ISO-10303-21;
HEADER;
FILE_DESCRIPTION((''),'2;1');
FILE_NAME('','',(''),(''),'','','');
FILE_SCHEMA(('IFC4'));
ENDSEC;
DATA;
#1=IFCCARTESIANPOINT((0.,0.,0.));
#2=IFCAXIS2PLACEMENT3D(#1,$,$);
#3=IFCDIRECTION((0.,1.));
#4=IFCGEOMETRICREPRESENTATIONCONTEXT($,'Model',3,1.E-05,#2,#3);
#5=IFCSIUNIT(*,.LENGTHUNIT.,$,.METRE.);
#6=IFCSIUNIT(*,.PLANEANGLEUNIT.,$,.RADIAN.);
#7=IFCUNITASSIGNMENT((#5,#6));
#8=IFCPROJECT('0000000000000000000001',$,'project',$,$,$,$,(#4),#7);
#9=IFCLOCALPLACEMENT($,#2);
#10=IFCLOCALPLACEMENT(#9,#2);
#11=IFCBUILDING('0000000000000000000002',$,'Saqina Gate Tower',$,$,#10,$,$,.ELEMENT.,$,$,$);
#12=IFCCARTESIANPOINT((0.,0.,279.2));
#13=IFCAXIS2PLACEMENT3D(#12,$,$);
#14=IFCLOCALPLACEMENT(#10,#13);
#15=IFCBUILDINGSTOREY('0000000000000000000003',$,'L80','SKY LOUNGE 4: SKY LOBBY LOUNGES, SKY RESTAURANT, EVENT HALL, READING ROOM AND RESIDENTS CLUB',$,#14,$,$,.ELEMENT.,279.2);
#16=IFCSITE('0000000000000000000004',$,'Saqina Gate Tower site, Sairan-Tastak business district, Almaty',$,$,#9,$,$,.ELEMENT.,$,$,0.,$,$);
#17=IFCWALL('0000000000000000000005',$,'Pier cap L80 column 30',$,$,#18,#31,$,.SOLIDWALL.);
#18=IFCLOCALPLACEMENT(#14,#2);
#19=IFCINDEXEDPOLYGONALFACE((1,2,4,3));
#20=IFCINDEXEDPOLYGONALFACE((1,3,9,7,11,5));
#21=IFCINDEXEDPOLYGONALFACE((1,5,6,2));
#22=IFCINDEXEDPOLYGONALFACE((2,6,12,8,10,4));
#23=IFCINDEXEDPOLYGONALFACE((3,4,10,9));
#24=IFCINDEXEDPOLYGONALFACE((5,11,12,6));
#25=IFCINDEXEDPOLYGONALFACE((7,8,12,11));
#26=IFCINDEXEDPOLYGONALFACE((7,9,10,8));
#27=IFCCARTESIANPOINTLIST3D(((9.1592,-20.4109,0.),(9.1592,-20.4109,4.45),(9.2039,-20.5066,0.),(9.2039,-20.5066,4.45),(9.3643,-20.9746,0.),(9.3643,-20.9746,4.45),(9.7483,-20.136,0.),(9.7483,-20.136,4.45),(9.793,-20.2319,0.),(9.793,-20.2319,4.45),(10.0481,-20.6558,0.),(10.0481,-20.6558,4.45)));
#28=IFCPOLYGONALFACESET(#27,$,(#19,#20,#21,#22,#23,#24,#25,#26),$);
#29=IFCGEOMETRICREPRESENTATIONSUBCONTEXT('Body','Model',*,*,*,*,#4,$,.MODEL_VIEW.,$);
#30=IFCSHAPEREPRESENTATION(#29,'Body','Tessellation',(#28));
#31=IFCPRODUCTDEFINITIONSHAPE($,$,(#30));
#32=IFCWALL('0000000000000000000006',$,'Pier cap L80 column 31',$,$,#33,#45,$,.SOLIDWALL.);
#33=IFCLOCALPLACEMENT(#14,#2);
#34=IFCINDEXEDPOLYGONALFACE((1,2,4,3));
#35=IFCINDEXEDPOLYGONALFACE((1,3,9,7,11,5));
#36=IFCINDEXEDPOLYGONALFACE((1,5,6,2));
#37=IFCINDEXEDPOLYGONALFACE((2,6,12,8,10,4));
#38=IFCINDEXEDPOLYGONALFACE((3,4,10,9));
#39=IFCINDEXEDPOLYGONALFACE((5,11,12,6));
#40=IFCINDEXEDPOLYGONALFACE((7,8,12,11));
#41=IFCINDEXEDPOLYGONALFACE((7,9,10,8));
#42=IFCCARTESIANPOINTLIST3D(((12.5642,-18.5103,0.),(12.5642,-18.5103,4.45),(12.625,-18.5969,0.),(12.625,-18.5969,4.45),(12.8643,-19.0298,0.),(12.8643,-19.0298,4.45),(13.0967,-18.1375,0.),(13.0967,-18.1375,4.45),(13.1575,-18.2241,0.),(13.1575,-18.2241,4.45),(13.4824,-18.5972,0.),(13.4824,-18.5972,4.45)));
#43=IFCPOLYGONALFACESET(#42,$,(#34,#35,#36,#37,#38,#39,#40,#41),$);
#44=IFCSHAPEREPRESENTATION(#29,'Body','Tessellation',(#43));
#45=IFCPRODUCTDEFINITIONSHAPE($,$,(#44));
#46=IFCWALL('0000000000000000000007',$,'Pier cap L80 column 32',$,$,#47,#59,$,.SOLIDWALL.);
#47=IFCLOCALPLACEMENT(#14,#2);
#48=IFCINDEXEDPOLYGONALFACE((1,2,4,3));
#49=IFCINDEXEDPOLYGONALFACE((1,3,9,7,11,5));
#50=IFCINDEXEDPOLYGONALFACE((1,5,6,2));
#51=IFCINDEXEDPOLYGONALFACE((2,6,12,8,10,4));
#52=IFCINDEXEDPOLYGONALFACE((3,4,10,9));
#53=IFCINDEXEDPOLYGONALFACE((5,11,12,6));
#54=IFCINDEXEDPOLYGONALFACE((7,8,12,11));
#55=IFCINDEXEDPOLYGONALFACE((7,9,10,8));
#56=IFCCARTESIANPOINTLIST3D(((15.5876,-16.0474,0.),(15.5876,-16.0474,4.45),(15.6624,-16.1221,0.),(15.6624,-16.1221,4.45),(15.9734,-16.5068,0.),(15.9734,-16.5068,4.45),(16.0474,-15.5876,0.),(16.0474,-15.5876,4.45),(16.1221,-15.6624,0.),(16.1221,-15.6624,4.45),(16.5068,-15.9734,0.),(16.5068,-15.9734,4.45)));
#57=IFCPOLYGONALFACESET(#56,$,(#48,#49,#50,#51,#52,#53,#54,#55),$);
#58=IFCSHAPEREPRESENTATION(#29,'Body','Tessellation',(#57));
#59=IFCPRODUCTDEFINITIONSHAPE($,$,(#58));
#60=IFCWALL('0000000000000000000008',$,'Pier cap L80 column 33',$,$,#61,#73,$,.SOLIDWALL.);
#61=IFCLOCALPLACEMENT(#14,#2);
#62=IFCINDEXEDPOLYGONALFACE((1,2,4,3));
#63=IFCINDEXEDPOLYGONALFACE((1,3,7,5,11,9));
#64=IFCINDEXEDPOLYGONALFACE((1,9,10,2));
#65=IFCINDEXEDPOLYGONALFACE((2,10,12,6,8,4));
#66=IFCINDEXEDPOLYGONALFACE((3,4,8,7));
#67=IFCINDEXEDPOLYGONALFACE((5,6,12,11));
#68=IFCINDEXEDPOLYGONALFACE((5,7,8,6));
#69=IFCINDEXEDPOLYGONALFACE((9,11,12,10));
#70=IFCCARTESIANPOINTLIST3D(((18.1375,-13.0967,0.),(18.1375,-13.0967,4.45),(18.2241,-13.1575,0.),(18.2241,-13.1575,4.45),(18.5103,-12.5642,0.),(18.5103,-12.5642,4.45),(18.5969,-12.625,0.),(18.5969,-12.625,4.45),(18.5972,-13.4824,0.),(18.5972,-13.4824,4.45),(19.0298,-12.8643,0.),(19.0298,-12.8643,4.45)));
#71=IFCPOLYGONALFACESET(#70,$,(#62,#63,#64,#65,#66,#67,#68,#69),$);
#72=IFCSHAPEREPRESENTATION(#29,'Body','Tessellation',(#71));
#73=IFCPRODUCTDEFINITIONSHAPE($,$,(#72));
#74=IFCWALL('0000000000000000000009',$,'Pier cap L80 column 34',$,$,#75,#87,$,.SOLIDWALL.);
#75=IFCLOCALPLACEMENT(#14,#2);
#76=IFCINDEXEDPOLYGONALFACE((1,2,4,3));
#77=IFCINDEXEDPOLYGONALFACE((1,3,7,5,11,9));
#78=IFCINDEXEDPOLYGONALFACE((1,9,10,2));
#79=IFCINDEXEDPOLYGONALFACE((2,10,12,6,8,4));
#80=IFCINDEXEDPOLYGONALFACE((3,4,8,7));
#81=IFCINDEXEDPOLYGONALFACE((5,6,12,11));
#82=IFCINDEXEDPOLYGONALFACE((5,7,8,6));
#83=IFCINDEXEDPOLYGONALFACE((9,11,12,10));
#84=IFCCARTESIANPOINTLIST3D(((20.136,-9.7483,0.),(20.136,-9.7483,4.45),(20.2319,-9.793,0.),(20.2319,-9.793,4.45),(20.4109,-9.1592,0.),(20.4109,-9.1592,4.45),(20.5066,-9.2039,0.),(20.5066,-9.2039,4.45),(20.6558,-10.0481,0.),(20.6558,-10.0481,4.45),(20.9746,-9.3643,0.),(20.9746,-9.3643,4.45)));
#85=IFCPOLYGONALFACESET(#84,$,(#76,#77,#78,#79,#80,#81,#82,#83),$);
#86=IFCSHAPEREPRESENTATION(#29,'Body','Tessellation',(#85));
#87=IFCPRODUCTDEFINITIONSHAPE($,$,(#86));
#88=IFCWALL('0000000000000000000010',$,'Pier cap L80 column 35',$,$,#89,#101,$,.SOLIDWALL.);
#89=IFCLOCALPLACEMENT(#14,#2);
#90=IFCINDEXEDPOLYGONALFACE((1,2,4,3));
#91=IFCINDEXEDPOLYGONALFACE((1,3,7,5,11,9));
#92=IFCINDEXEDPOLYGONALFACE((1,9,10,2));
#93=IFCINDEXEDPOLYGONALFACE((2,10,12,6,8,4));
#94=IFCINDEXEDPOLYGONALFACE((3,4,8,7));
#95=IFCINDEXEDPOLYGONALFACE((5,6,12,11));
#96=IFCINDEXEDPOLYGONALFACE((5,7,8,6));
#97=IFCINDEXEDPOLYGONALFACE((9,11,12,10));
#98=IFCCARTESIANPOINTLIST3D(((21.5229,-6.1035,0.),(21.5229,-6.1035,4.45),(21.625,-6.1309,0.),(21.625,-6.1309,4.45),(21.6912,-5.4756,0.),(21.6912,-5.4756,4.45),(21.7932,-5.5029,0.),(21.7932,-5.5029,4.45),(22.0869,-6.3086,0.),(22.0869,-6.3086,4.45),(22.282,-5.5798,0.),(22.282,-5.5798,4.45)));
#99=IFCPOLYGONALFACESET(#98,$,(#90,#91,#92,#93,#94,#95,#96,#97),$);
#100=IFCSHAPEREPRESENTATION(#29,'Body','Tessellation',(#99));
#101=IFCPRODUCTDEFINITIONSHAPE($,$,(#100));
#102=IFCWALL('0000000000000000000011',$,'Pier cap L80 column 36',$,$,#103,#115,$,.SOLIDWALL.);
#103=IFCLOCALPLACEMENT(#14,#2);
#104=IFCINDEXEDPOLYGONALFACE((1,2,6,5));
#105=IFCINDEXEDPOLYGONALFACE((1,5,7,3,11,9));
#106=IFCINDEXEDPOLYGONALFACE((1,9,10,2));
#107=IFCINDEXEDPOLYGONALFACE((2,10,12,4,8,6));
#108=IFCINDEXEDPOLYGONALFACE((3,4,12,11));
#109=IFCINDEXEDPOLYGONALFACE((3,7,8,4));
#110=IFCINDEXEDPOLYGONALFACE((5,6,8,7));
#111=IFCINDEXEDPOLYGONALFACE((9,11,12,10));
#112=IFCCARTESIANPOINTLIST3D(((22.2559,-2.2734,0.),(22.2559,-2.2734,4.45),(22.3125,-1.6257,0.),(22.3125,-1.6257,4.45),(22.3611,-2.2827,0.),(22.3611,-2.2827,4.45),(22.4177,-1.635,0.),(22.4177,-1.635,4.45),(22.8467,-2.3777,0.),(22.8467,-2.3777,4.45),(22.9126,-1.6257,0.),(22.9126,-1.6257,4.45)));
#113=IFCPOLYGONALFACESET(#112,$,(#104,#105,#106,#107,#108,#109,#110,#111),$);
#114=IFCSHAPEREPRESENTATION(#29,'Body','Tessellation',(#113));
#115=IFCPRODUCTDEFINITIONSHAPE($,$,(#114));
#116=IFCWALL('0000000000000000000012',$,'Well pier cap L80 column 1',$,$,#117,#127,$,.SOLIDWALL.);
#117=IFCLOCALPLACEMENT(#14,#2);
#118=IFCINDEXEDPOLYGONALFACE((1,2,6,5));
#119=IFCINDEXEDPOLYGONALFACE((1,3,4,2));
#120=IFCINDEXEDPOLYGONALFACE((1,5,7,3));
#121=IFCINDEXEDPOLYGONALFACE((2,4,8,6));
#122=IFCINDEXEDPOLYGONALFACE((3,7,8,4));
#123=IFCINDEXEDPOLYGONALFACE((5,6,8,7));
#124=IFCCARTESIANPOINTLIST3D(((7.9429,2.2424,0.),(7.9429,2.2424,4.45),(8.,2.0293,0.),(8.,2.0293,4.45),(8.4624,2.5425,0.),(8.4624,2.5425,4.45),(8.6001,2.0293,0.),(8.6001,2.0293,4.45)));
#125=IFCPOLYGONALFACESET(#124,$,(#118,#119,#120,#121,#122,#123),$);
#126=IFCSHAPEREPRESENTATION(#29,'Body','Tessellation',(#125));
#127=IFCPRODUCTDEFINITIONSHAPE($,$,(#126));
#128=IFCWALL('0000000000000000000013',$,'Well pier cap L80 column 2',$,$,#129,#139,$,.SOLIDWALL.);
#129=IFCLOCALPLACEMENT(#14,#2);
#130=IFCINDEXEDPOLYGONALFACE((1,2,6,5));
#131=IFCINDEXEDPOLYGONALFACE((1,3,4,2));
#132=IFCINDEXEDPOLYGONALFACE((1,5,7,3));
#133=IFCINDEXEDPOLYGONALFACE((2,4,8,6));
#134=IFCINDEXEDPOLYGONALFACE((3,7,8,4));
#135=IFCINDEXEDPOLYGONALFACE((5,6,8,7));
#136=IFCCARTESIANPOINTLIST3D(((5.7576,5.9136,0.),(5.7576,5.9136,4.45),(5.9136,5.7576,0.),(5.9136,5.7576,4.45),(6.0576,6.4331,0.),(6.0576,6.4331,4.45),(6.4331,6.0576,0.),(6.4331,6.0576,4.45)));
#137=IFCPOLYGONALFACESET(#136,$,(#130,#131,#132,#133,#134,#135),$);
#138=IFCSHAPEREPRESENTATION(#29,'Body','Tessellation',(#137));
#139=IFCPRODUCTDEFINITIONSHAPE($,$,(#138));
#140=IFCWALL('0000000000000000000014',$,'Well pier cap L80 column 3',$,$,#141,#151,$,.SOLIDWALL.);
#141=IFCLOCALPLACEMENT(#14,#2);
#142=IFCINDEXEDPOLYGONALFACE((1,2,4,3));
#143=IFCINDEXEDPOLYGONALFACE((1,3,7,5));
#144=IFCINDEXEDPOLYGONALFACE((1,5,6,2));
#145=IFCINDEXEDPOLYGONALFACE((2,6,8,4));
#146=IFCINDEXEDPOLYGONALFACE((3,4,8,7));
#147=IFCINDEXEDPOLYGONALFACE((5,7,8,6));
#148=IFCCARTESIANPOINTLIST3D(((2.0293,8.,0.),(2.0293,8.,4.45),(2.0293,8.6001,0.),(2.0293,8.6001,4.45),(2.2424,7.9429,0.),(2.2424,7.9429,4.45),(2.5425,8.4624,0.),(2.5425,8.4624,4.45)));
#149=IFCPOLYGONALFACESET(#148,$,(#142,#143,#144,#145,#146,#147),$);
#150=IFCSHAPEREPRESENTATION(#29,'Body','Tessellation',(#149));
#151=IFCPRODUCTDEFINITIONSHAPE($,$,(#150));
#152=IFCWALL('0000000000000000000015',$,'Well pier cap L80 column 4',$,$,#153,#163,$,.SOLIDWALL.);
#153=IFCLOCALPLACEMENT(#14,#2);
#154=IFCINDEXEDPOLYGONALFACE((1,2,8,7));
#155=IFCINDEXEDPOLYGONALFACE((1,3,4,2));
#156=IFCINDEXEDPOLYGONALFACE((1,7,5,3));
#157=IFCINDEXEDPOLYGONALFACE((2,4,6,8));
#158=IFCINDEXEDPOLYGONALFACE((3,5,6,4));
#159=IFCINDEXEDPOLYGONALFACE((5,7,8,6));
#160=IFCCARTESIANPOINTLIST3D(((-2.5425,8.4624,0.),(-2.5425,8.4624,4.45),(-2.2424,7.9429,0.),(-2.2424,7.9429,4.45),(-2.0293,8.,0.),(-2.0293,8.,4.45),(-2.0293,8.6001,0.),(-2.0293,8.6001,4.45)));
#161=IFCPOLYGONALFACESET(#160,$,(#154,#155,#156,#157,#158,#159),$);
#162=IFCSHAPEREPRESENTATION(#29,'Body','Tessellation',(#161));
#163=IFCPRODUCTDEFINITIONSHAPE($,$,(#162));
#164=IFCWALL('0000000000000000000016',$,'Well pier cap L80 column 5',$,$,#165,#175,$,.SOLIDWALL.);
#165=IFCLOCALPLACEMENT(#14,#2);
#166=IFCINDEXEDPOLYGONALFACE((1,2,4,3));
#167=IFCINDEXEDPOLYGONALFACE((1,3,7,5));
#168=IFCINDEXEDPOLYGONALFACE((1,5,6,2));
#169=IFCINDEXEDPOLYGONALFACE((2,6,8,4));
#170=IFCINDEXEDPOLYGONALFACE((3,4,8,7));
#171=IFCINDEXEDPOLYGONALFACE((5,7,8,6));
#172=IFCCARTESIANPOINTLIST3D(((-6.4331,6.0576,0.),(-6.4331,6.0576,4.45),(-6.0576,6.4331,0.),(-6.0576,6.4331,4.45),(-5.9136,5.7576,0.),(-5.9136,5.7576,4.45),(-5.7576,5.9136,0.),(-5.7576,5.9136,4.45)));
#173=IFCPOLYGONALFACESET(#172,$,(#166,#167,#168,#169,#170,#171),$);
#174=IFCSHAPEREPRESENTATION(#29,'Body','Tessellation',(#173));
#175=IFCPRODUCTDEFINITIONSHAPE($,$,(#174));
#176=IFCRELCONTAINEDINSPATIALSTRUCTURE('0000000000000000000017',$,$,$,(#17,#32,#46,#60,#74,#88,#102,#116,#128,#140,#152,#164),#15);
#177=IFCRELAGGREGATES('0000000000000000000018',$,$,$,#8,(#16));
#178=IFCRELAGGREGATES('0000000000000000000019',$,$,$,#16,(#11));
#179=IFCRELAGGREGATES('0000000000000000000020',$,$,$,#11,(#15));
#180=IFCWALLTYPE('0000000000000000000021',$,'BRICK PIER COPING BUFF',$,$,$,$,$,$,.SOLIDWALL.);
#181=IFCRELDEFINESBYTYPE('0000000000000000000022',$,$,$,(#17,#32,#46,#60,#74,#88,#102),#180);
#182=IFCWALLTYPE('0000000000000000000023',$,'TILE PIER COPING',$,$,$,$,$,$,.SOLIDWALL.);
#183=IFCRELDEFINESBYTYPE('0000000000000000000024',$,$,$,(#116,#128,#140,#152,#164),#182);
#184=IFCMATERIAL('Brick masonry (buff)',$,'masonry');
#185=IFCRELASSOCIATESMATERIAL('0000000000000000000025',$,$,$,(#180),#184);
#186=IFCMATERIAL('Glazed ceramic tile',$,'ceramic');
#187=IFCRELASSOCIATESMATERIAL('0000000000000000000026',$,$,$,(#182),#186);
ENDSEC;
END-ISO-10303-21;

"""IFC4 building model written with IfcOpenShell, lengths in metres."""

from ifc_helpers import new_model, si_unit, direction, frame, origin, place, context, subcontext, project, spatial, polyline, outline, extrude, material, type_object, element, save


model = new_model("IFC4")

# Units and contexts
model_context = context("Model", 3, precision=1e-05, world=origin(), true_north=direction((0.0, 1.0)))
body_context = subcontext(model_context, "Body", "Model", "MODEL_VIEW")
ifc_project = project(units=[si_unit("LENGTHUNIT", "METRE"), si_unit("PLANEANGLEUNIT", "RADIAN")], contexts=[model_context])

# Site, building, storey
site_placement = place(None, origin())
site = spatial("IfcSite", under=ifc_project, at=site_placement, Name="Saqina Gate Tower site, Sairan-Tastak business district, Almaty", CompositionType="ELEMENT", RefElevation=0.0)
building_placement = place(site_placement, origin())
building = spatial("IfcBuilding", under=site, at=building_placement, Name="Saqina Gate Tower", CompositionType="ELEMENT")
storey_placement = place(building_placement, frame((0.0, 0.0, 279.2)))
storey = spatial("IfcBuildingStorey", under=building, at=storey_placement, Name="L80", Description="SKY LOUNGE 4: SKY LOBBY LOUNGES, SKY RESTAURANT, EVENT HALL, READING ROOM AND RESIDENTS CLUB", CompositionType="ELEMENT", Elevation=279.2)

# Walls
ifc_material_1 = material(Name="Brick masonry (buff)", Category="masonry")
wall_type_1 = type_object("IfcWallType", Name="BRICK PIER COPING BUFF", PredefinedType="SOLIDWALL", material=ifc_material_1)
wall_1_placement = place(storey_placement, origin())
element("IfcWall", 1, at=wall_1_placement, inside=storey, type_object=wall_type_1, Name="Pier cap L80 column 30", PredefinedType="SOLIDWALL", context=body_context, shape_type="SweptSolid", body=[
    extrude(outline(polyline([(9.3643, -20.9746), (10.0481, -20.6558), (9.7483, -20.136), (9.793, -20.2319), (9.2039, -20.5066), (9.1592, -20.4109), (9.3643, -20.9746)])), origin(), (0.0, 0.0, 1.0), 4.45),
])
wall_2_placement = place(storey_placement, origin())
element("IfcWall", 2, at=wall_2_placement, inside=storey, type_object=wall_type_1, Name="Pier cap L80 column 31", PredefinedType="SOLIDWALL", context=body_context, shape_type="SweptSolid", body=[
    extrude(outline(polyline([(12.8643, -19.0298), (13.4824, -18.5972), (13.0967, -18.1375), (13.1575, -18.2241), (12.625, -18.5969), (12.5642, -18.5103), (12.8643, -19.0298)])), origin(), (0.0, 0.0, 1.0), 4.45),
])
wall_3_placement = place(storey_placement, origin())
element("IfcWall", 3, at=wall_3_placement, inside=storey, type_object=wall_type_1, Name="Pier cap L80 column 32", PredefinedType="SOLIDWALL", context=body_context, shape_type="SweptSolid", body=[
    extrude(outline(polyline([(16.5068, -15.9734), (16.0474, -15.5876), (16.1221, -15.6624), (15.6624, -16.1221), (15.5876, -16.0474), (15.9734, -16.5068), (16.5068, -15.9734)])), origin(), (0.0, 0.0, 1.0), 4.45),
])
wall_4_placement = place(storey_placement, origin())
element("IfcWall", 4, at=wall_4_placement, inside=storey, type_object=wall_type_1, Name="Pier cap L80 column 33", PredefinedType="SOLIDWALL", context=body_context, shape_type="SweptSolid", body=[
    extrude(outline(polyline([(19.0298, -12.8643), (18.5103, -12.5642), (18.5969, -12.625), (18.2241, -13.1575), (18.1375, -13.0967), (18.5972, -13.4824), (19.0298, -12.8643)])), origin(), (0.0, 0.0, 1.0), 4.45),
])
wall_5_placement = place(storey_placement, origin())
element("IfcWall", 5, at=wall_5_placement, inside=storey, type_object=wall_type_1, Name="Pier cap L80 column 34", PredefinedType="SOLIDWALL", context=body_context, shape_type="SweptSolid", body=[
    extrude(outline(polyline([(20.6558, -10.0481), (20.9746, -9.3643), (20.4109, -9.1592), (20.5066, -9.2039), (20.2319, -9.793), (20.136, -9.7483), (20.6558, -10.0481)])), origin(), (0.0, 0.0, 1.0), 4.45),
])
wall_6_placement = place(storey_placement, origin())
element("IfcWall", 6, at=wall_6_placement, inside=storey, type_object=wall_type_1, Name="Pier cap L80 column 35", PredefinedType="SOLIDWALL", context=body_context, shape_type="SweptSolid", body=[
    extrude(outline(polyline([(22.282, -5.5798), (21.6912, -5.4756), (21.7932, -5.5029), (21.625, -6.1309), (21.5229, -6.1035), (22.0869, -6.3086), (22.282, -5.5798)])), origin(), (0.0, 0.0, 1.0), 4.45),
])
wall_7_placement = place(storey_placement, origin())
element("IfcWall", 7, at=wall_7_placement, inside=storey, type_object=wall_type_1, Name="Pier cap L80 column 36", PredefinedType="SOLIDWALL", context=body_context, shape_type="SweptSolid", body=[
    extrude(outline(polyline([(22.8467, -2.3777), (22.9126, -1.6257), (22.3125, -1.6257), (22.4177, -1.635), (22.3611, -2.2827), (22.2559, -2.2734), (22.8467, -2.3777)])), origin(), (0.0, 0.0, 1.0), 4.45),
])
ifc_material_2 = material(Name="Glazed ceramic tile", Category="ceramic")
wall_type_2 = type_object("IfcWallType", Name="TILE PIER COPING", PredefinedType="SOLIDWALL", material=ifc_material_2)
wall_8_placement = place(storey_placement, origin())
element("IfcWall", 8, at=wall_8_placement, inside=storey, type_object=wall_type_2, Name="Well pier cap L80 column 1", PredefinedType="SOLIDWALL", context=body_context, shape_type="SweptSolid", body=[
    extrude(outline(polyline([(8.4624, 2.5425), (7.9429, 2.2424), (8.0, 2.0293), (8.6001, 2.0293), (8.4624, 2.5425)])), origin(), (0.0, 0.0, 1.0), 4.45),
])
wall_9_placement = place(storey_placement, origin())
element("IfcWall", 9, at=wall_9_placement, inside=storey, type_object=wall_type_2, Name="Well pier cap L80 column 2", PredefinedType="SOLIDWALL", context=body_context, shape_type="SweptSolid", body=[
    extrude(outline(polyline([(6.0576, 6.4331), (5.7576, 5.9136), (5.9136, 5.7576), (6.4331, 6.0576), (6.0576, 6.4331)])), origin(), (0.0, 0.0, 1.0), 4.45),
])
wall_10_placement = place(storey_placement, origin())
element("IfcWall", 10, at=wall_10_placement, inside=storey, type_object=wall_type_2, Name="Well pier cap L80 column 3", PredefinedType="SOLIDWALL", context=body_context, shape_type="SweptSolid", body=[
    extrude(outline(polyline([(2.0293, 8.6001), (2.0293, 8.0), (2.2424, 7.9429), (2.5425, 8.4624), (2.0293, 8.6001)])), origin(), (0.0, 0.0, 1.0), 4.45),
])
wall_11_placement = place(storey_placement, origin())
element("IfcWall", 11, at=wall_11_placement, inside=storey, type_object=wall_type_2, Name="Well pier cap L80 column 4", PredefinedType="SOLIDWALL", context=body_context, shape_type="SweptSolid", body=[
    extrude(outline(polyline([(-2.5425, 8.4624), (-2.2424, 7.9429), (-2.0293, 8.0), (-2.0293, 8.6001), (-2.5425, 8.4624)])), origin(), (0.0, 0.0, 1.0), 4.45),
])
wall_12_placement = place(storey_placement, origin())
element("IfcWall", 12, at=wall_12_placement, inside=storey, type_object=wall_type_2, Name="Well pier cap L80 column 5", PredefinedType="SOLIDWALL", context=body_context, shape_type="SweptSolid", body=[
    extrude(outline(polyline([(-6.4331, 6.0576), (-5.9136, 5.7576), (-5.7576, 5.9136), (-6.0576, 6.4331), (-6.4331, 6.0576)])), origin(), (0.0, 0.0, 1.0), 4.45),
])

save(model, "model.ifc")
